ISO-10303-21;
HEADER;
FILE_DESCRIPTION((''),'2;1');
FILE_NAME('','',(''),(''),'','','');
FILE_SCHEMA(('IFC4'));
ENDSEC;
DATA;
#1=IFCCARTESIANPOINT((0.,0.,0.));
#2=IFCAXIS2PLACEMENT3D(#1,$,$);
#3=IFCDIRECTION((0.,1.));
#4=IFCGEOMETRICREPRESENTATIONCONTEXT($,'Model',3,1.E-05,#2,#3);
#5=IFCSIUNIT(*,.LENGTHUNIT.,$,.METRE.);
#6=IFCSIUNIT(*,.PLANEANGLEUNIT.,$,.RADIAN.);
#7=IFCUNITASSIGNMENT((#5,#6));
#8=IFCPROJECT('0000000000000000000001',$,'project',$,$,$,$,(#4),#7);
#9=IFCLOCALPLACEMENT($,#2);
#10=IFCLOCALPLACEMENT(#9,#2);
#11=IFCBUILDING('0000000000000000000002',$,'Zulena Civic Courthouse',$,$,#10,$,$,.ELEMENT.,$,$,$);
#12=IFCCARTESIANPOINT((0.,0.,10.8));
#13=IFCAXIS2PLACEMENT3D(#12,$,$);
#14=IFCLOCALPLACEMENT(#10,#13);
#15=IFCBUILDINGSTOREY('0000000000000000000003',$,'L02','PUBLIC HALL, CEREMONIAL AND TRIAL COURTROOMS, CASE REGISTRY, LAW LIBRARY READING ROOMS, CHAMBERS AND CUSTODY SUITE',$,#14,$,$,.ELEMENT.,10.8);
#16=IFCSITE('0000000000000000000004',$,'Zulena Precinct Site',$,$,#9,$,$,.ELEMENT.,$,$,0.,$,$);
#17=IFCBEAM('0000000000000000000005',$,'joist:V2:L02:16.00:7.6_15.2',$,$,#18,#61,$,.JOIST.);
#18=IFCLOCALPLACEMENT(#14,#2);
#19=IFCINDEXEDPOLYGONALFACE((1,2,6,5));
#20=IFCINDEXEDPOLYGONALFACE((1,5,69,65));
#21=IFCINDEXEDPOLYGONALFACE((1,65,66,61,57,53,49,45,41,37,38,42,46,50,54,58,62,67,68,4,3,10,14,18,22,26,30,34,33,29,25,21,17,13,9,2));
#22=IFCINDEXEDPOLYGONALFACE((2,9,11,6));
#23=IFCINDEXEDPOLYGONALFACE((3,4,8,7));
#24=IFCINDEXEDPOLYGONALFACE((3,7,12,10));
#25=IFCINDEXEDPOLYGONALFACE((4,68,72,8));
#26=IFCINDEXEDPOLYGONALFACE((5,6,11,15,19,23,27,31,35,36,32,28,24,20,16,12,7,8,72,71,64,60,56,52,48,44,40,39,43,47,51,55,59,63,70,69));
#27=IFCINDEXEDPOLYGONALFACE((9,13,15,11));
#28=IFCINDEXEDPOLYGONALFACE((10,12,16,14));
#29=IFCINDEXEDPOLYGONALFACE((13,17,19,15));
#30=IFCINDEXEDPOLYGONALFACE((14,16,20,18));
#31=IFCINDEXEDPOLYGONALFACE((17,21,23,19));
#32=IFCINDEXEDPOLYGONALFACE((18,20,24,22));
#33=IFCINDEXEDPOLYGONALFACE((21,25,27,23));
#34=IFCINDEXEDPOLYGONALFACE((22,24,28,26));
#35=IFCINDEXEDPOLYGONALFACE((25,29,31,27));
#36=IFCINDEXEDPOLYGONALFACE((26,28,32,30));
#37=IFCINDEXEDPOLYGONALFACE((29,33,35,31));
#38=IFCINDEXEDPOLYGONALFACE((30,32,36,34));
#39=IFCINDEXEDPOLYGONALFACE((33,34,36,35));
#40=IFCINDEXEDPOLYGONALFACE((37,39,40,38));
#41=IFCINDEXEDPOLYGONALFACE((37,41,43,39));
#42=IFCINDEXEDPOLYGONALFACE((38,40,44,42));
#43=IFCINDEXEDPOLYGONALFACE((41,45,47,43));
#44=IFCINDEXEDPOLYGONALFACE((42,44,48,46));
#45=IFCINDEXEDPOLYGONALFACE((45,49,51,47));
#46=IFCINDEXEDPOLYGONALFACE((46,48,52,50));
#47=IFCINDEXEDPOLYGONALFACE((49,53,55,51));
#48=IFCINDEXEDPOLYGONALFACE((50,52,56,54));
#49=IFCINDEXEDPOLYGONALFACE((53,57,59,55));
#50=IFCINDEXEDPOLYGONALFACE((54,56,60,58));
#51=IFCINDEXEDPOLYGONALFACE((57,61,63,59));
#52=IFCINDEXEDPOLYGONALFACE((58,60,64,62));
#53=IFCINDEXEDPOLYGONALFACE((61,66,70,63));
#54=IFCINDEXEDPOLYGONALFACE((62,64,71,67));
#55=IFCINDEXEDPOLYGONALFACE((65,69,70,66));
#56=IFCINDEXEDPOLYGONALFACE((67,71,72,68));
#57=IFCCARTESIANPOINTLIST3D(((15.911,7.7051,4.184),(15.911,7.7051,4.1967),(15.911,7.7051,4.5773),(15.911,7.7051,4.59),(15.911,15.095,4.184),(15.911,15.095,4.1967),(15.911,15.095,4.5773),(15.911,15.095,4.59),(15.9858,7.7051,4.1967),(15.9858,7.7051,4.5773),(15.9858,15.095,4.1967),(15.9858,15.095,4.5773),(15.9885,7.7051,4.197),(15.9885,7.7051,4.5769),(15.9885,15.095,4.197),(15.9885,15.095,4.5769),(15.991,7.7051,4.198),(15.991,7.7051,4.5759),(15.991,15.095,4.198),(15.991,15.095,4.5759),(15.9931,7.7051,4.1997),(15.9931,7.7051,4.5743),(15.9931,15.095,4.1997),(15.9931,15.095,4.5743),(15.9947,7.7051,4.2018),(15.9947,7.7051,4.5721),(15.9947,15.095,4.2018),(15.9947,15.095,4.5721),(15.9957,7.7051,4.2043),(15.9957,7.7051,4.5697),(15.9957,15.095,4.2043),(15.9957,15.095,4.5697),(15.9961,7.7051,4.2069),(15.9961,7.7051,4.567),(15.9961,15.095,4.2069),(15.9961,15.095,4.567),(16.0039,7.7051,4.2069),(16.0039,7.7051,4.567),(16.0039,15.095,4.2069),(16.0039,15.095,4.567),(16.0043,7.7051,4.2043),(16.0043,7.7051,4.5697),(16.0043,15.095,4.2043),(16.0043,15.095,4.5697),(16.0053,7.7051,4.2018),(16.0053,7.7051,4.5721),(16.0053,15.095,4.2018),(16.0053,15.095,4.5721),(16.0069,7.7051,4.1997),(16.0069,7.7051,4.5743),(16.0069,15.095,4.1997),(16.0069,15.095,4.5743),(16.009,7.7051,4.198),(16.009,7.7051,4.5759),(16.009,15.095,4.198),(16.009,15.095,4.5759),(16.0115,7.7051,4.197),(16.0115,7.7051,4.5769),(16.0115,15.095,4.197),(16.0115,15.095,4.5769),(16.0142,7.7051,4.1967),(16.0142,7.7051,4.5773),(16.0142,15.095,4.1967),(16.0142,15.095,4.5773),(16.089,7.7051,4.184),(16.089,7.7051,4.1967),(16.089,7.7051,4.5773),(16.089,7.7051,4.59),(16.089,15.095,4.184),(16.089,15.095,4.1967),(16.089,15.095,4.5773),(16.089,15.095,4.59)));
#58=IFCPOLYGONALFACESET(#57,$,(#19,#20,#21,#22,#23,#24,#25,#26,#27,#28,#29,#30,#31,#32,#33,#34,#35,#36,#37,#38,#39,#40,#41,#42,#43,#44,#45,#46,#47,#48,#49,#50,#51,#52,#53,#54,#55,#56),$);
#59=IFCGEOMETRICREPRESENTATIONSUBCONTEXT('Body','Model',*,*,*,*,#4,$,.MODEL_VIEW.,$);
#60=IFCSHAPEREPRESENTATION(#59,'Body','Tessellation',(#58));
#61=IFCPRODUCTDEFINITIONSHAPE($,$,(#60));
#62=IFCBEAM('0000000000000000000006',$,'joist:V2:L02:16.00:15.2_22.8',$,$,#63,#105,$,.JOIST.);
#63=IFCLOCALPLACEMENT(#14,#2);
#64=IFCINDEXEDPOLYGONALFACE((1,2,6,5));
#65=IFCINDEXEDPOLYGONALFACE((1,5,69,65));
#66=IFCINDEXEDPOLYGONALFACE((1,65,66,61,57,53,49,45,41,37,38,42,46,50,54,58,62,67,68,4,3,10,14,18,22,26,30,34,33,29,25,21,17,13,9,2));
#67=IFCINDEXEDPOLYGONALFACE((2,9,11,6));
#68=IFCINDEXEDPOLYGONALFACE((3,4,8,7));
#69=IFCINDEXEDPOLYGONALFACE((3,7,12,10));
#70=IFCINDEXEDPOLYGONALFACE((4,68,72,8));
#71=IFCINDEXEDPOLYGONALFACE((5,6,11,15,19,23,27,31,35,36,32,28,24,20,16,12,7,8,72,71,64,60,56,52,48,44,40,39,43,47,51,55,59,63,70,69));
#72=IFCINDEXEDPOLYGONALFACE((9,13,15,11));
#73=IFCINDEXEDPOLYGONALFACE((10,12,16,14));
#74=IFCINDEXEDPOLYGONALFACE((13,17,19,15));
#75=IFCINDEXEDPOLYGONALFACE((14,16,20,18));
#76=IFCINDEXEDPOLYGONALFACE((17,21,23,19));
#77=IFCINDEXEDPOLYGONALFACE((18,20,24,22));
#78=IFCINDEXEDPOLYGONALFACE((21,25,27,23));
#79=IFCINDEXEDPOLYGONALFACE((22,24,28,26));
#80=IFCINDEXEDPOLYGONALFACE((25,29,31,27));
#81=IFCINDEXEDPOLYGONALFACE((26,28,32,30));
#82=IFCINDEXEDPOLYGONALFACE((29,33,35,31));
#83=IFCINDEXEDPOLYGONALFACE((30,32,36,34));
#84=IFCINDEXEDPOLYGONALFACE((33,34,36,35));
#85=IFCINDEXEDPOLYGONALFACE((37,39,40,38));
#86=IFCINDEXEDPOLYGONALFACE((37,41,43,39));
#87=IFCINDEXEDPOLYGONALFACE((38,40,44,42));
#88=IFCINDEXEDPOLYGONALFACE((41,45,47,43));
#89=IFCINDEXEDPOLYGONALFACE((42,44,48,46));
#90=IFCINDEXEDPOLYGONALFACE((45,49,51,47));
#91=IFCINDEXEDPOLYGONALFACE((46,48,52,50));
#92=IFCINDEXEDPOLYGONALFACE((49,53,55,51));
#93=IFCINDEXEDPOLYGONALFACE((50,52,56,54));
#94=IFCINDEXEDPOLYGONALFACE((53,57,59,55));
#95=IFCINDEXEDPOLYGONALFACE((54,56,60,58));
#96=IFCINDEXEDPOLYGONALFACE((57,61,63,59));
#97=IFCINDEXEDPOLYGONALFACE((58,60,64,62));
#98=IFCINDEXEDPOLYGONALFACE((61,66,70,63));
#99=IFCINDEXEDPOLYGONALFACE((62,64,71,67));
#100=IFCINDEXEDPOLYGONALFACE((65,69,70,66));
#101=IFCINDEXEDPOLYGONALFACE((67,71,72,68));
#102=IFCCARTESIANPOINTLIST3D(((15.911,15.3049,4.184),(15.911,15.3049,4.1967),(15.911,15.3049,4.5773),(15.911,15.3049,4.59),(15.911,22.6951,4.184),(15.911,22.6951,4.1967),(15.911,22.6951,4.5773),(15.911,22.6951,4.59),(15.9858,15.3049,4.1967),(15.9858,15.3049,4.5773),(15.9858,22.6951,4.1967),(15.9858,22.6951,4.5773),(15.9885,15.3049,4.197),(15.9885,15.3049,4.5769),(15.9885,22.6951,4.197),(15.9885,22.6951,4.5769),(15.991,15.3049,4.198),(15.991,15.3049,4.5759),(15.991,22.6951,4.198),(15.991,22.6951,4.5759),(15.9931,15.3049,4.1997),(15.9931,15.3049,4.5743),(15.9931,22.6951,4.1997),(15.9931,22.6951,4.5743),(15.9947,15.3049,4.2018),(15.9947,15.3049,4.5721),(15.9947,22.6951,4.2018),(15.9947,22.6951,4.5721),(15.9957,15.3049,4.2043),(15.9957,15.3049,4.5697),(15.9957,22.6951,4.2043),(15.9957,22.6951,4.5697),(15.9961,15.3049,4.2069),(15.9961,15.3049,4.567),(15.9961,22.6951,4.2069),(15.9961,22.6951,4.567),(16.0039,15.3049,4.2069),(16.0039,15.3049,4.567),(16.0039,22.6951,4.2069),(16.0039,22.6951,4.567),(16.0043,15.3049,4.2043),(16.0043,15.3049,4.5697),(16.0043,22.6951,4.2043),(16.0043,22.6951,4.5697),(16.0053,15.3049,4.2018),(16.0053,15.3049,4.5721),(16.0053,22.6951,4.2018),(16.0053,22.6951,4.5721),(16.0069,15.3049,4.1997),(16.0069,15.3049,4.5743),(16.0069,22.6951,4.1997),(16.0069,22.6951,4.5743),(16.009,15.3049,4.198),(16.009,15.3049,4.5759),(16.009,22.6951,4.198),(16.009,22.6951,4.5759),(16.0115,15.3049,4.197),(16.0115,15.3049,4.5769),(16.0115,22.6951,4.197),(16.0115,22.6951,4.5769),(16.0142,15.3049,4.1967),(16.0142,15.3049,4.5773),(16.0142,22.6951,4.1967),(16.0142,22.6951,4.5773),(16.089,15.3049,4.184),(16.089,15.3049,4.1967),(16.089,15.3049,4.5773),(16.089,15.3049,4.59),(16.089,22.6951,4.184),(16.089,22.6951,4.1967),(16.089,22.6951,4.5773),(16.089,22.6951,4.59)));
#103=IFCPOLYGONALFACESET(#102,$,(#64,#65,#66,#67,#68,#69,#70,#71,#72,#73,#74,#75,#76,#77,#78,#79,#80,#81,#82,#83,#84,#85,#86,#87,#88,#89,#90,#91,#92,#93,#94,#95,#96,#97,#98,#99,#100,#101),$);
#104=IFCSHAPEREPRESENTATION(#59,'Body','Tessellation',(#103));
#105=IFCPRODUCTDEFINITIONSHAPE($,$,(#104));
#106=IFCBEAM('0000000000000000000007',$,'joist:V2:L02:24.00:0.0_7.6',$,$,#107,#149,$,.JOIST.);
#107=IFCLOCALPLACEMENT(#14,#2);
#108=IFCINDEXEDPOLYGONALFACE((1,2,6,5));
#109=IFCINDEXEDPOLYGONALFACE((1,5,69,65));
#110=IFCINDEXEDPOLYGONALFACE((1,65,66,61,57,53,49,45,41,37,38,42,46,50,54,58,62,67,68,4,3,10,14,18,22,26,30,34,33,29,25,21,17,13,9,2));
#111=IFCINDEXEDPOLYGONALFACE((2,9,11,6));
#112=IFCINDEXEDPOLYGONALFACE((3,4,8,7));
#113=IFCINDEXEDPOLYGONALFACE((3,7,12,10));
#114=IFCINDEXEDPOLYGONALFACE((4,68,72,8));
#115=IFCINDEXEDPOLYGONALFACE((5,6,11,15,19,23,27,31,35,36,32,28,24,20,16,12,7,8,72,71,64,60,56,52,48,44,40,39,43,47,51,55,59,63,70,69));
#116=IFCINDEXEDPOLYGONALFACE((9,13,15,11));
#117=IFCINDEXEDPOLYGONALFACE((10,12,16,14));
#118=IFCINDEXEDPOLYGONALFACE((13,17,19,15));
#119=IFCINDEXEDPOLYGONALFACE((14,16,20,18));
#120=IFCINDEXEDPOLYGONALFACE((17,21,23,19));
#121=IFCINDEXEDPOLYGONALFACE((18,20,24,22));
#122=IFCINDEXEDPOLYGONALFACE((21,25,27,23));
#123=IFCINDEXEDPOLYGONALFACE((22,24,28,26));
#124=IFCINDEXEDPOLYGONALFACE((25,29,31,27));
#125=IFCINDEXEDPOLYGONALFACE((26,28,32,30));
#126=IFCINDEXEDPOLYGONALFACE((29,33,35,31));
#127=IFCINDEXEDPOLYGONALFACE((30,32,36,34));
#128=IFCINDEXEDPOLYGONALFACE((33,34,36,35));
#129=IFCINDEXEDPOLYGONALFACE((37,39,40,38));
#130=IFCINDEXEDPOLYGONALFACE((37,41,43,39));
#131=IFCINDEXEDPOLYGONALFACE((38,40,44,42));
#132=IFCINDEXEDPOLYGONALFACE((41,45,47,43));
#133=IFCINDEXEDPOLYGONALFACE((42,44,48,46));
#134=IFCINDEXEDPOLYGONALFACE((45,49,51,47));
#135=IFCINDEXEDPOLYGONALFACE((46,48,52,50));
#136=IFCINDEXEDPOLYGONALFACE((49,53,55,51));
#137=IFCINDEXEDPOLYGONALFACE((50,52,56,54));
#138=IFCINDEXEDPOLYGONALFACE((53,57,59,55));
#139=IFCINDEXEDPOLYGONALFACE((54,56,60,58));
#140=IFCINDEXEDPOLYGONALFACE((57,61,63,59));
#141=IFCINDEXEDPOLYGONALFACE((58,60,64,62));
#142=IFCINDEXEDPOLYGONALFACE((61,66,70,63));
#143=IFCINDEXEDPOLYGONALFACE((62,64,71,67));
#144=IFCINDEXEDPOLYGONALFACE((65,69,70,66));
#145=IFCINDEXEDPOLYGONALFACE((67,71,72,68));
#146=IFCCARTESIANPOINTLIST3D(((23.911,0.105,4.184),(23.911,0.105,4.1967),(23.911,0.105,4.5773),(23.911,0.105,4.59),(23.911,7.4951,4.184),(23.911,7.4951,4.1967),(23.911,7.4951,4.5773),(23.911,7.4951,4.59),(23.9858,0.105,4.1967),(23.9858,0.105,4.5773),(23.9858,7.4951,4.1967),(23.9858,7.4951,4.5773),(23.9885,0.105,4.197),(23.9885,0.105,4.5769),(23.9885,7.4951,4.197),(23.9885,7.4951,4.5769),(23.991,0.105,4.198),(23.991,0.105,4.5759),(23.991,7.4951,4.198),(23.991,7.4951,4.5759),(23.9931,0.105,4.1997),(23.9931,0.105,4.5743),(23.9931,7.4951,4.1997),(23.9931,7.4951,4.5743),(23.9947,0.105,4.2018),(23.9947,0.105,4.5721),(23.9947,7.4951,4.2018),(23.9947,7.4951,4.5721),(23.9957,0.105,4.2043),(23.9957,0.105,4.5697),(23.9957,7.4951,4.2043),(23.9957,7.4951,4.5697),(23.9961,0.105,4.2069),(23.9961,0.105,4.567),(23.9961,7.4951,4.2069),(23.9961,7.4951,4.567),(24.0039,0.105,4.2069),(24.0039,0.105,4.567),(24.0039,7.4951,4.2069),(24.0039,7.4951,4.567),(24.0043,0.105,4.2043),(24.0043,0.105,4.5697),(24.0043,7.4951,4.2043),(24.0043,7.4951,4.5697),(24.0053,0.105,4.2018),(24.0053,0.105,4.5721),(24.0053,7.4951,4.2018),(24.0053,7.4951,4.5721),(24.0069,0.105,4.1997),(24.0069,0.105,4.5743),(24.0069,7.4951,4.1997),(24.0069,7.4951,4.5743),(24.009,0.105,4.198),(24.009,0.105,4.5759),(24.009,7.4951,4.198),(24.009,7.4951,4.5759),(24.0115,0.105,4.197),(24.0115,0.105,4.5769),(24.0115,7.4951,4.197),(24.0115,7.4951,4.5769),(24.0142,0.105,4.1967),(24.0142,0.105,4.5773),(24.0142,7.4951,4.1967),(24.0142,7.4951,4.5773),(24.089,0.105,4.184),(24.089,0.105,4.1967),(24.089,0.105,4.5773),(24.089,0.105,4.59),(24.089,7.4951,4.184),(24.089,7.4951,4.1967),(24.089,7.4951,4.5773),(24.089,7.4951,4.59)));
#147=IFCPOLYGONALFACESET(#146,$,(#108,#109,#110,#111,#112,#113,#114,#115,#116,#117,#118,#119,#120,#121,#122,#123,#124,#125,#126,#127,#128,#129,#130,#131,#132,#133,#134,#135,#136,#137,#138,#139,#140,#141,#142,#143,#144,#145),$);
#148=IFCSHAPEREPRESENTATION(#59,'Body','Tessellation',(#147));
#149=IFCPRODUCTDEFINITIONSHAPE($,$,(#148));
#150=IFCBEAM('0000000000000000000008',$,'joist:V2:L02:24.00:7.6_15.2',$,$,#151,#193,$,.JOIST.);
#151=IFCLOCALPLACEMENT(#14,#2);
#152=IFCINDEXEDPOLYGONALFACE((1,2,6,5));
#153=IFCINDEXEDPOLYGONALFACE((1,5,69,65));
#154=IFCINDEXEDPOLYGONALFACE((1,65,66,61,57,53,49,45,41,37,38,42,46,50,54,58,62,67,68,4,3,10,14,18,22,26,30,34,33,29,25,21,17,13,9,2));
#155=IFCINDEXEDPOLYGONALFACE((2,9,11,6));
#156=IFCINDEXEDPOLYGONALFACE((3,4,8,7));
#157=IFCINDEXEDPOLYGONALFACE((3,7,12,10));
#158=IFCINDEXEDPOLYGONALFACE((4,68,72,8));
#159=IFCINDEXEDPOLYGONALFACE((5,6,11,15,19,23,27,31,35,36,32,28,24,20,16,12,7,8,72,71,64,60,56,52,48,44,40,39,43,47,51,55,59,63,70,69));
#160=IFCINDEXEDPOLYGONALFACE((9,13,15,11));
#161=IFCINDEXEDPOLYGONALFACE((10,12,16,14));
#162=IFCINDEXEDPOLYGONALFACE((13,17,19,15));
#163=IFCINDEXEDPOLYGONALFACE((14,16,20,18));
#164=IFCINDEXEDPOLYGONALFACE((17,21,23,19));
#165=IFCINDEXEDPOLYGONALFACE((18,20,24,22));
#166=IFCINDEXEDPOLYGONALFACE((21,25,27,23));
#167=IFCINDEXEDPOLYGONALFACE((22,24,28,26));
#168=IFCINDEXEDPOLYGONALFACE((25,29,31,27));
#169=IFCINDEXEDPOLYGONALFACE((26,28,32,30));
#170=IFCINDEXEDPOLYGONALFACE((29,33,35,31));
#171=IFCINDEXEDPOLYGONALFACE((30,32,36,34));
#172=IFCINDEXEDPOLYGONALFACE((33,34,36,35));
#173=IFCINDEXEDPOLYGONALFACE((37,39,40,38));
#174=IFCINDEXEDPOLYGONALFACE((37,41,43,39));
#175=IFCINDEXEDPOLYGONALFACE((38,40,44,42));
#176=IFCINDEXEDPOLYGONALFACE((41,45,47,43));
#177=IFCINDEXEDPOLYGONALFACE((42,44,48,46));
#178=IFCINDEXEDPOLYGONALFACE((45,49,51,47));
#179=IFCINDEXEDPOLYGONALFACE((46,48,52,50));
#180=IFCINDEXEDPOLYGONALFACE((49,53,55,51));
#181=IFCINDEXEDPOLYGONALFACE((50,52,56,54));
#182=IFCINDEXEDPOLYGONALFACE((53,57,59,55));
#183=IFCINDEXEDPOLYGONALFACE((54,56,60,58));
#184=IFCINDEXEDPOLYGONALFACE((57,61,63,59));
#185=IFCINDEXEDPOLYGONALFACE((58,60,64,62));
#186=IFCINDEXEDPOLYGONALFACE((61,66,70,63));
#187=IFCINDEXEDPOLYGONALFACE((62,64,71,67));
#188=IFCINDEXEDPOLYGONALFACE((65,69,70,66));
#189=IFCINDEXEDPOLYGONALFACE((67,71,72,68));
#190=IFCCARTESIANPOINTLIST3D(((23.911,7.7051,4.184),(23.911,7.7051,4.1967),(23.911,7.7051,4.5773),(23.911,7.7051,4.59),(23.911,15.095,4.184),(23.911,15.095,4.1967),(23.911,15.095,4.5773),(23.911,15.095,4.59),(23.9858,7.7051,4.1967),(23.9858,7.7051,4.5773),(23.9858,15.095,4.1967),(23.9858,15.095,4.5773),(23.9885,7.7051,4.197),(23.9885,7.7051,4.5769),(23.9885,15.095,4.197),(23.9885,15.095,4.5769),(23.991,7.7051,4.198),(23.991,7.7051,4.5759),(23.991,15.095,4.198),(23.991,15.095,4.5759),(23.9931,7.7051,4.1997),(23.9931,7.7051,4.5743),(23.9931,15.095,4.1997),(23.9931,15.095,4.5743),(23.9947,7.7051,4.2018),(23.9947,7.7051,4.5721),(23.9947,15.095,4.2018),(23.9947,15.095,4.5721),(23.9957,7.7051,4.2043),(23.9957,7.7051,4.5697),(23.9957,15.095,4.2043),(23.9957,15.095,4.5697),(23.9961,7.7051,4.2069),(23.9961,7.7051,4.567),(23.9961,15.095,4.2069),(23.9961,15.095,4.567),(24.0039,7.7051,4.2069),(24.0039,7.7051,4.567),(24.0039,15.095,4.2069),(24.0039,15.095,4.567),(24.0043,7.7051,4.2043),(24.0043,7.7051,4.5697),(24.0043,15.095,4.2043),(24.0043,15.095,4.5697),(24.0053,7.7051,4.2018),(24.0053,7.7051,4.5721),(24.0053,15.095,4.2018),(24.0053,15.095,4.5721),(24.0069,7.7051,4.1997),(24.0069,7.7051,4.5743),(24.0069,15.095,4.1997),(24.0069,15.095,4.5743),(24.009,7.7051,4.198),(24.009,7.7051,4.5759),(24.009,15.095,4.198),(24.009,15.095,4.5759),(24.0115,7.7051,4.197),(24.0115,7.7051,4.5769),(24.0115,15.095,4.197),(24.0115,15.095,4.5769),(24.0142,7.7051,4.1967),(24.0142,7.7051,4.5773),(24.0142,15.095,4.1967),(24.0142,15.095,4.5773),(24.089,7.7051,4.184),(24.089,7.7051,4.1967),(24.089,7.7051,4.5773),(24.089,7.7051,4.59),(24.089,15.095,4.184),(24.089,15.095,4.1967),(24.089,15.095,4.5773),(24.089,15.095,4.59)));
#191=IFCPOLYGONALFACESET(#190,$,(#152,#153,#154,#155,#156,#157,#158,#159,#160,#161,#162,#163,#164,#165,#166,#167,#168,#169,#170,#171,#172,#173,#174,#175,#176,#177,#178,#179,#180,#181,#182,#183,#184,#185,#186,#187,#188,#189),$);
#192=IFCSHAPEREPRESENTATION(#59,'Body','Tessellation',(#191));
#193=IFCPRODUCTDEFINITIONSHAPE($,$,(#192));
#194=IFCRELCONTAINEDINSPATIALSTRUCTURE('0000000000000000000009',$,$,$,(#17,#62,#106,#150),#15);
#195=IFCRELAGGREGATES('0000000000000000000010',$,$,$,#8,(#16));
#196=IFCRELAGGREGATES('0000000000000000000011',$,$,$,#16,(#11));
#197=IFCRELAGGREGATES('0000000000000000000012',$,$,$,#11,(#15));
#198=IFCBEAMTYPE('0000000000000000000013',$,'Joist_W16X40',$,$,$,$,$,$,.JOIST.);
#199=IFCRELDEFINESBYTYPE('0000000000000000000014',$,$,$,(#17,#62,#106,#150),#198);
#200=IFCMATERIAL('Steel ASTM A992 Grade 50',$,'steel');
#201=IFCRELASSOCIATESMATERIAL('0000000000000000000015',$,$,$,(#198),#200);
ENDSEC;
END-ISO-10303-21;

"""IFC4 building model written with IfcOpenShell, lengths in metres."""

from ifc_helpers import new_model, si_unit, direction, frame, origin, origin_2d, place, context, subcontext, project, spatial, i_section, extrude, material, material_profile, profile_set, type_object, element, save


model = new_model("IFC4")

# Units and contexts
model_context = context("Model", 3, precision=1e-05, world=origin(), true_north=direction((0.0, 1.0)))
body_context = subcontext(model_context, "Body", "Model", "MODEL_VIEW")
ifc_project = project(units=[si_unit("LENGTHUNIT", "METRE"), si_unit("PLANEANGLEUNIT", "RADIAN")], contexts=[model_context])

# Site, building, storey
site_placement = place(None, origin())
site = spatial("IfcSite", under=ifc_project, at=site_placement, Name="Zulena Precinct Site", CompositionType="ELEMENT", RefElevation=0.0)
building_placement = place(site_placement, origin())
building = spatial("IfcBuilding", under=site, at=building_placement, Name="Zulena Civic Courthouse", CompositionType="ELEMENT")
storey_placement = place(building_placement, frame((0.0, 0.0, 10.8)))
storey = spatial("IfcBuildingStorey", under=building, at=storey_placement, Name="L02", Description="PUBLIC HALL, CEREMONIAL AND TRIAL COURTROOMS, CASE REGISTRY, LAW LIBRARY READING ROOMS, CHAMBERS AND CUSTODY SUITE", CompositionType="ELEMENT", Elevation=10.8)

# Shared definitions
ifc_material_1 = material(Name="Steel ASTM A992 Grade 50", Category="steel")

# Beams
ifc_material_profile_1 = material_profile(ifc_material_1, i_section(OverallWidth=0.178, OverallDepth=0.406, WebThickness=0.0078, FlangeThickness=0.0127, FilletRadius=0.0103, at=origin_2d()), Name="W16X40")
ifc_profile_set_1 = profile_set([ifc_material_profile_1], Name="Steel ASTM A992 Grade 50")
beam_type_1 = type_object("IfcBeamType", Name="Joist_W16X40", PredefinedType="JOIST", material=ifc_profile_set_1)
beam_1_placement = place(storey_placement, frame((16.0, 7.7051, 4.387), z_axis=(0.0, 1.0, 0.0), x_axis=(-1.0, 0.0, 0.0)))
element("IfcBeam", 1, at=beam_1_placement, inside=storey, type_object=beam_type_1, Name="joist:V2:L02:16.00:7.6_15.2", PredefinedType="JOIST", context=body_context, shape_type="SweptSolid", body=[
    extrude(i_section(OverallWidth=0.178, OverallDepth=0.406, WebThickness=0.0078, FlangeThickness=0.0127, FilletRadius=0.0103, at=origin_2d()), origin(), (0.0, 0.0, 1.0), 7.3899),
])
for number, where, z_axis, x_axis, name in (
    (2, (16.0, 15.3049, 4.387), (0.0, 1.0, 0.0), (-1.0, 0.0, 0.0), "joist:V2:L02:16.00:15.2_22.8"),
    (3, (24.0, 0.105, 4.387), (0.0, 1.0, 0.0), (-1.0, 0.0, 0.0), "joist:V2:L02:24.00:0.0_7.6"),
):
    element("IfcBeam", number, at=place(storey_placement, frame(where, z_axis=z_axis, x_axis=x_axis)), inside=storey, type_object=beam_type_1, Name=name, PredefinedType="JOIST", context=body_context, shape_type="SweptSolid", body=[
        extrude(i_section(OverallWidth=0.178, OverallDepth=0.406, WebThickness=0.0078, FlangeThickness=0.0127, FilletRadius=0.0103, at=origin_2d()), origin(), (0.0, 0.0, 1.0), 7.3901),
    ])
beam_2_placement = place(storey_placement, frame((24.0, 7.7051, 4.387), z_axis=(0.0, 1.0, 0.0), x_axis=(-1.0, 0.0, 0.0)))
element("IfcBeam", 4, at=beam_2_placement, inside=storey, type_object=beam_type_1, Name="joist:V2:L02:24.00:7.6_15.2", PredefinedType="JOIST", context=body_context, shape_type="SweptSolid", body=[
    extrude(i_section(OverallWidth=0.178, OverallDepth=0.406, WebThickness=0.0078, FlangeThickness=0.0127, FilletRadius=0.0103, at=origin_2d()), origin(), (0.0, 0.0, 1.0), 7.3899),
])

save(model, "model.ifc")
